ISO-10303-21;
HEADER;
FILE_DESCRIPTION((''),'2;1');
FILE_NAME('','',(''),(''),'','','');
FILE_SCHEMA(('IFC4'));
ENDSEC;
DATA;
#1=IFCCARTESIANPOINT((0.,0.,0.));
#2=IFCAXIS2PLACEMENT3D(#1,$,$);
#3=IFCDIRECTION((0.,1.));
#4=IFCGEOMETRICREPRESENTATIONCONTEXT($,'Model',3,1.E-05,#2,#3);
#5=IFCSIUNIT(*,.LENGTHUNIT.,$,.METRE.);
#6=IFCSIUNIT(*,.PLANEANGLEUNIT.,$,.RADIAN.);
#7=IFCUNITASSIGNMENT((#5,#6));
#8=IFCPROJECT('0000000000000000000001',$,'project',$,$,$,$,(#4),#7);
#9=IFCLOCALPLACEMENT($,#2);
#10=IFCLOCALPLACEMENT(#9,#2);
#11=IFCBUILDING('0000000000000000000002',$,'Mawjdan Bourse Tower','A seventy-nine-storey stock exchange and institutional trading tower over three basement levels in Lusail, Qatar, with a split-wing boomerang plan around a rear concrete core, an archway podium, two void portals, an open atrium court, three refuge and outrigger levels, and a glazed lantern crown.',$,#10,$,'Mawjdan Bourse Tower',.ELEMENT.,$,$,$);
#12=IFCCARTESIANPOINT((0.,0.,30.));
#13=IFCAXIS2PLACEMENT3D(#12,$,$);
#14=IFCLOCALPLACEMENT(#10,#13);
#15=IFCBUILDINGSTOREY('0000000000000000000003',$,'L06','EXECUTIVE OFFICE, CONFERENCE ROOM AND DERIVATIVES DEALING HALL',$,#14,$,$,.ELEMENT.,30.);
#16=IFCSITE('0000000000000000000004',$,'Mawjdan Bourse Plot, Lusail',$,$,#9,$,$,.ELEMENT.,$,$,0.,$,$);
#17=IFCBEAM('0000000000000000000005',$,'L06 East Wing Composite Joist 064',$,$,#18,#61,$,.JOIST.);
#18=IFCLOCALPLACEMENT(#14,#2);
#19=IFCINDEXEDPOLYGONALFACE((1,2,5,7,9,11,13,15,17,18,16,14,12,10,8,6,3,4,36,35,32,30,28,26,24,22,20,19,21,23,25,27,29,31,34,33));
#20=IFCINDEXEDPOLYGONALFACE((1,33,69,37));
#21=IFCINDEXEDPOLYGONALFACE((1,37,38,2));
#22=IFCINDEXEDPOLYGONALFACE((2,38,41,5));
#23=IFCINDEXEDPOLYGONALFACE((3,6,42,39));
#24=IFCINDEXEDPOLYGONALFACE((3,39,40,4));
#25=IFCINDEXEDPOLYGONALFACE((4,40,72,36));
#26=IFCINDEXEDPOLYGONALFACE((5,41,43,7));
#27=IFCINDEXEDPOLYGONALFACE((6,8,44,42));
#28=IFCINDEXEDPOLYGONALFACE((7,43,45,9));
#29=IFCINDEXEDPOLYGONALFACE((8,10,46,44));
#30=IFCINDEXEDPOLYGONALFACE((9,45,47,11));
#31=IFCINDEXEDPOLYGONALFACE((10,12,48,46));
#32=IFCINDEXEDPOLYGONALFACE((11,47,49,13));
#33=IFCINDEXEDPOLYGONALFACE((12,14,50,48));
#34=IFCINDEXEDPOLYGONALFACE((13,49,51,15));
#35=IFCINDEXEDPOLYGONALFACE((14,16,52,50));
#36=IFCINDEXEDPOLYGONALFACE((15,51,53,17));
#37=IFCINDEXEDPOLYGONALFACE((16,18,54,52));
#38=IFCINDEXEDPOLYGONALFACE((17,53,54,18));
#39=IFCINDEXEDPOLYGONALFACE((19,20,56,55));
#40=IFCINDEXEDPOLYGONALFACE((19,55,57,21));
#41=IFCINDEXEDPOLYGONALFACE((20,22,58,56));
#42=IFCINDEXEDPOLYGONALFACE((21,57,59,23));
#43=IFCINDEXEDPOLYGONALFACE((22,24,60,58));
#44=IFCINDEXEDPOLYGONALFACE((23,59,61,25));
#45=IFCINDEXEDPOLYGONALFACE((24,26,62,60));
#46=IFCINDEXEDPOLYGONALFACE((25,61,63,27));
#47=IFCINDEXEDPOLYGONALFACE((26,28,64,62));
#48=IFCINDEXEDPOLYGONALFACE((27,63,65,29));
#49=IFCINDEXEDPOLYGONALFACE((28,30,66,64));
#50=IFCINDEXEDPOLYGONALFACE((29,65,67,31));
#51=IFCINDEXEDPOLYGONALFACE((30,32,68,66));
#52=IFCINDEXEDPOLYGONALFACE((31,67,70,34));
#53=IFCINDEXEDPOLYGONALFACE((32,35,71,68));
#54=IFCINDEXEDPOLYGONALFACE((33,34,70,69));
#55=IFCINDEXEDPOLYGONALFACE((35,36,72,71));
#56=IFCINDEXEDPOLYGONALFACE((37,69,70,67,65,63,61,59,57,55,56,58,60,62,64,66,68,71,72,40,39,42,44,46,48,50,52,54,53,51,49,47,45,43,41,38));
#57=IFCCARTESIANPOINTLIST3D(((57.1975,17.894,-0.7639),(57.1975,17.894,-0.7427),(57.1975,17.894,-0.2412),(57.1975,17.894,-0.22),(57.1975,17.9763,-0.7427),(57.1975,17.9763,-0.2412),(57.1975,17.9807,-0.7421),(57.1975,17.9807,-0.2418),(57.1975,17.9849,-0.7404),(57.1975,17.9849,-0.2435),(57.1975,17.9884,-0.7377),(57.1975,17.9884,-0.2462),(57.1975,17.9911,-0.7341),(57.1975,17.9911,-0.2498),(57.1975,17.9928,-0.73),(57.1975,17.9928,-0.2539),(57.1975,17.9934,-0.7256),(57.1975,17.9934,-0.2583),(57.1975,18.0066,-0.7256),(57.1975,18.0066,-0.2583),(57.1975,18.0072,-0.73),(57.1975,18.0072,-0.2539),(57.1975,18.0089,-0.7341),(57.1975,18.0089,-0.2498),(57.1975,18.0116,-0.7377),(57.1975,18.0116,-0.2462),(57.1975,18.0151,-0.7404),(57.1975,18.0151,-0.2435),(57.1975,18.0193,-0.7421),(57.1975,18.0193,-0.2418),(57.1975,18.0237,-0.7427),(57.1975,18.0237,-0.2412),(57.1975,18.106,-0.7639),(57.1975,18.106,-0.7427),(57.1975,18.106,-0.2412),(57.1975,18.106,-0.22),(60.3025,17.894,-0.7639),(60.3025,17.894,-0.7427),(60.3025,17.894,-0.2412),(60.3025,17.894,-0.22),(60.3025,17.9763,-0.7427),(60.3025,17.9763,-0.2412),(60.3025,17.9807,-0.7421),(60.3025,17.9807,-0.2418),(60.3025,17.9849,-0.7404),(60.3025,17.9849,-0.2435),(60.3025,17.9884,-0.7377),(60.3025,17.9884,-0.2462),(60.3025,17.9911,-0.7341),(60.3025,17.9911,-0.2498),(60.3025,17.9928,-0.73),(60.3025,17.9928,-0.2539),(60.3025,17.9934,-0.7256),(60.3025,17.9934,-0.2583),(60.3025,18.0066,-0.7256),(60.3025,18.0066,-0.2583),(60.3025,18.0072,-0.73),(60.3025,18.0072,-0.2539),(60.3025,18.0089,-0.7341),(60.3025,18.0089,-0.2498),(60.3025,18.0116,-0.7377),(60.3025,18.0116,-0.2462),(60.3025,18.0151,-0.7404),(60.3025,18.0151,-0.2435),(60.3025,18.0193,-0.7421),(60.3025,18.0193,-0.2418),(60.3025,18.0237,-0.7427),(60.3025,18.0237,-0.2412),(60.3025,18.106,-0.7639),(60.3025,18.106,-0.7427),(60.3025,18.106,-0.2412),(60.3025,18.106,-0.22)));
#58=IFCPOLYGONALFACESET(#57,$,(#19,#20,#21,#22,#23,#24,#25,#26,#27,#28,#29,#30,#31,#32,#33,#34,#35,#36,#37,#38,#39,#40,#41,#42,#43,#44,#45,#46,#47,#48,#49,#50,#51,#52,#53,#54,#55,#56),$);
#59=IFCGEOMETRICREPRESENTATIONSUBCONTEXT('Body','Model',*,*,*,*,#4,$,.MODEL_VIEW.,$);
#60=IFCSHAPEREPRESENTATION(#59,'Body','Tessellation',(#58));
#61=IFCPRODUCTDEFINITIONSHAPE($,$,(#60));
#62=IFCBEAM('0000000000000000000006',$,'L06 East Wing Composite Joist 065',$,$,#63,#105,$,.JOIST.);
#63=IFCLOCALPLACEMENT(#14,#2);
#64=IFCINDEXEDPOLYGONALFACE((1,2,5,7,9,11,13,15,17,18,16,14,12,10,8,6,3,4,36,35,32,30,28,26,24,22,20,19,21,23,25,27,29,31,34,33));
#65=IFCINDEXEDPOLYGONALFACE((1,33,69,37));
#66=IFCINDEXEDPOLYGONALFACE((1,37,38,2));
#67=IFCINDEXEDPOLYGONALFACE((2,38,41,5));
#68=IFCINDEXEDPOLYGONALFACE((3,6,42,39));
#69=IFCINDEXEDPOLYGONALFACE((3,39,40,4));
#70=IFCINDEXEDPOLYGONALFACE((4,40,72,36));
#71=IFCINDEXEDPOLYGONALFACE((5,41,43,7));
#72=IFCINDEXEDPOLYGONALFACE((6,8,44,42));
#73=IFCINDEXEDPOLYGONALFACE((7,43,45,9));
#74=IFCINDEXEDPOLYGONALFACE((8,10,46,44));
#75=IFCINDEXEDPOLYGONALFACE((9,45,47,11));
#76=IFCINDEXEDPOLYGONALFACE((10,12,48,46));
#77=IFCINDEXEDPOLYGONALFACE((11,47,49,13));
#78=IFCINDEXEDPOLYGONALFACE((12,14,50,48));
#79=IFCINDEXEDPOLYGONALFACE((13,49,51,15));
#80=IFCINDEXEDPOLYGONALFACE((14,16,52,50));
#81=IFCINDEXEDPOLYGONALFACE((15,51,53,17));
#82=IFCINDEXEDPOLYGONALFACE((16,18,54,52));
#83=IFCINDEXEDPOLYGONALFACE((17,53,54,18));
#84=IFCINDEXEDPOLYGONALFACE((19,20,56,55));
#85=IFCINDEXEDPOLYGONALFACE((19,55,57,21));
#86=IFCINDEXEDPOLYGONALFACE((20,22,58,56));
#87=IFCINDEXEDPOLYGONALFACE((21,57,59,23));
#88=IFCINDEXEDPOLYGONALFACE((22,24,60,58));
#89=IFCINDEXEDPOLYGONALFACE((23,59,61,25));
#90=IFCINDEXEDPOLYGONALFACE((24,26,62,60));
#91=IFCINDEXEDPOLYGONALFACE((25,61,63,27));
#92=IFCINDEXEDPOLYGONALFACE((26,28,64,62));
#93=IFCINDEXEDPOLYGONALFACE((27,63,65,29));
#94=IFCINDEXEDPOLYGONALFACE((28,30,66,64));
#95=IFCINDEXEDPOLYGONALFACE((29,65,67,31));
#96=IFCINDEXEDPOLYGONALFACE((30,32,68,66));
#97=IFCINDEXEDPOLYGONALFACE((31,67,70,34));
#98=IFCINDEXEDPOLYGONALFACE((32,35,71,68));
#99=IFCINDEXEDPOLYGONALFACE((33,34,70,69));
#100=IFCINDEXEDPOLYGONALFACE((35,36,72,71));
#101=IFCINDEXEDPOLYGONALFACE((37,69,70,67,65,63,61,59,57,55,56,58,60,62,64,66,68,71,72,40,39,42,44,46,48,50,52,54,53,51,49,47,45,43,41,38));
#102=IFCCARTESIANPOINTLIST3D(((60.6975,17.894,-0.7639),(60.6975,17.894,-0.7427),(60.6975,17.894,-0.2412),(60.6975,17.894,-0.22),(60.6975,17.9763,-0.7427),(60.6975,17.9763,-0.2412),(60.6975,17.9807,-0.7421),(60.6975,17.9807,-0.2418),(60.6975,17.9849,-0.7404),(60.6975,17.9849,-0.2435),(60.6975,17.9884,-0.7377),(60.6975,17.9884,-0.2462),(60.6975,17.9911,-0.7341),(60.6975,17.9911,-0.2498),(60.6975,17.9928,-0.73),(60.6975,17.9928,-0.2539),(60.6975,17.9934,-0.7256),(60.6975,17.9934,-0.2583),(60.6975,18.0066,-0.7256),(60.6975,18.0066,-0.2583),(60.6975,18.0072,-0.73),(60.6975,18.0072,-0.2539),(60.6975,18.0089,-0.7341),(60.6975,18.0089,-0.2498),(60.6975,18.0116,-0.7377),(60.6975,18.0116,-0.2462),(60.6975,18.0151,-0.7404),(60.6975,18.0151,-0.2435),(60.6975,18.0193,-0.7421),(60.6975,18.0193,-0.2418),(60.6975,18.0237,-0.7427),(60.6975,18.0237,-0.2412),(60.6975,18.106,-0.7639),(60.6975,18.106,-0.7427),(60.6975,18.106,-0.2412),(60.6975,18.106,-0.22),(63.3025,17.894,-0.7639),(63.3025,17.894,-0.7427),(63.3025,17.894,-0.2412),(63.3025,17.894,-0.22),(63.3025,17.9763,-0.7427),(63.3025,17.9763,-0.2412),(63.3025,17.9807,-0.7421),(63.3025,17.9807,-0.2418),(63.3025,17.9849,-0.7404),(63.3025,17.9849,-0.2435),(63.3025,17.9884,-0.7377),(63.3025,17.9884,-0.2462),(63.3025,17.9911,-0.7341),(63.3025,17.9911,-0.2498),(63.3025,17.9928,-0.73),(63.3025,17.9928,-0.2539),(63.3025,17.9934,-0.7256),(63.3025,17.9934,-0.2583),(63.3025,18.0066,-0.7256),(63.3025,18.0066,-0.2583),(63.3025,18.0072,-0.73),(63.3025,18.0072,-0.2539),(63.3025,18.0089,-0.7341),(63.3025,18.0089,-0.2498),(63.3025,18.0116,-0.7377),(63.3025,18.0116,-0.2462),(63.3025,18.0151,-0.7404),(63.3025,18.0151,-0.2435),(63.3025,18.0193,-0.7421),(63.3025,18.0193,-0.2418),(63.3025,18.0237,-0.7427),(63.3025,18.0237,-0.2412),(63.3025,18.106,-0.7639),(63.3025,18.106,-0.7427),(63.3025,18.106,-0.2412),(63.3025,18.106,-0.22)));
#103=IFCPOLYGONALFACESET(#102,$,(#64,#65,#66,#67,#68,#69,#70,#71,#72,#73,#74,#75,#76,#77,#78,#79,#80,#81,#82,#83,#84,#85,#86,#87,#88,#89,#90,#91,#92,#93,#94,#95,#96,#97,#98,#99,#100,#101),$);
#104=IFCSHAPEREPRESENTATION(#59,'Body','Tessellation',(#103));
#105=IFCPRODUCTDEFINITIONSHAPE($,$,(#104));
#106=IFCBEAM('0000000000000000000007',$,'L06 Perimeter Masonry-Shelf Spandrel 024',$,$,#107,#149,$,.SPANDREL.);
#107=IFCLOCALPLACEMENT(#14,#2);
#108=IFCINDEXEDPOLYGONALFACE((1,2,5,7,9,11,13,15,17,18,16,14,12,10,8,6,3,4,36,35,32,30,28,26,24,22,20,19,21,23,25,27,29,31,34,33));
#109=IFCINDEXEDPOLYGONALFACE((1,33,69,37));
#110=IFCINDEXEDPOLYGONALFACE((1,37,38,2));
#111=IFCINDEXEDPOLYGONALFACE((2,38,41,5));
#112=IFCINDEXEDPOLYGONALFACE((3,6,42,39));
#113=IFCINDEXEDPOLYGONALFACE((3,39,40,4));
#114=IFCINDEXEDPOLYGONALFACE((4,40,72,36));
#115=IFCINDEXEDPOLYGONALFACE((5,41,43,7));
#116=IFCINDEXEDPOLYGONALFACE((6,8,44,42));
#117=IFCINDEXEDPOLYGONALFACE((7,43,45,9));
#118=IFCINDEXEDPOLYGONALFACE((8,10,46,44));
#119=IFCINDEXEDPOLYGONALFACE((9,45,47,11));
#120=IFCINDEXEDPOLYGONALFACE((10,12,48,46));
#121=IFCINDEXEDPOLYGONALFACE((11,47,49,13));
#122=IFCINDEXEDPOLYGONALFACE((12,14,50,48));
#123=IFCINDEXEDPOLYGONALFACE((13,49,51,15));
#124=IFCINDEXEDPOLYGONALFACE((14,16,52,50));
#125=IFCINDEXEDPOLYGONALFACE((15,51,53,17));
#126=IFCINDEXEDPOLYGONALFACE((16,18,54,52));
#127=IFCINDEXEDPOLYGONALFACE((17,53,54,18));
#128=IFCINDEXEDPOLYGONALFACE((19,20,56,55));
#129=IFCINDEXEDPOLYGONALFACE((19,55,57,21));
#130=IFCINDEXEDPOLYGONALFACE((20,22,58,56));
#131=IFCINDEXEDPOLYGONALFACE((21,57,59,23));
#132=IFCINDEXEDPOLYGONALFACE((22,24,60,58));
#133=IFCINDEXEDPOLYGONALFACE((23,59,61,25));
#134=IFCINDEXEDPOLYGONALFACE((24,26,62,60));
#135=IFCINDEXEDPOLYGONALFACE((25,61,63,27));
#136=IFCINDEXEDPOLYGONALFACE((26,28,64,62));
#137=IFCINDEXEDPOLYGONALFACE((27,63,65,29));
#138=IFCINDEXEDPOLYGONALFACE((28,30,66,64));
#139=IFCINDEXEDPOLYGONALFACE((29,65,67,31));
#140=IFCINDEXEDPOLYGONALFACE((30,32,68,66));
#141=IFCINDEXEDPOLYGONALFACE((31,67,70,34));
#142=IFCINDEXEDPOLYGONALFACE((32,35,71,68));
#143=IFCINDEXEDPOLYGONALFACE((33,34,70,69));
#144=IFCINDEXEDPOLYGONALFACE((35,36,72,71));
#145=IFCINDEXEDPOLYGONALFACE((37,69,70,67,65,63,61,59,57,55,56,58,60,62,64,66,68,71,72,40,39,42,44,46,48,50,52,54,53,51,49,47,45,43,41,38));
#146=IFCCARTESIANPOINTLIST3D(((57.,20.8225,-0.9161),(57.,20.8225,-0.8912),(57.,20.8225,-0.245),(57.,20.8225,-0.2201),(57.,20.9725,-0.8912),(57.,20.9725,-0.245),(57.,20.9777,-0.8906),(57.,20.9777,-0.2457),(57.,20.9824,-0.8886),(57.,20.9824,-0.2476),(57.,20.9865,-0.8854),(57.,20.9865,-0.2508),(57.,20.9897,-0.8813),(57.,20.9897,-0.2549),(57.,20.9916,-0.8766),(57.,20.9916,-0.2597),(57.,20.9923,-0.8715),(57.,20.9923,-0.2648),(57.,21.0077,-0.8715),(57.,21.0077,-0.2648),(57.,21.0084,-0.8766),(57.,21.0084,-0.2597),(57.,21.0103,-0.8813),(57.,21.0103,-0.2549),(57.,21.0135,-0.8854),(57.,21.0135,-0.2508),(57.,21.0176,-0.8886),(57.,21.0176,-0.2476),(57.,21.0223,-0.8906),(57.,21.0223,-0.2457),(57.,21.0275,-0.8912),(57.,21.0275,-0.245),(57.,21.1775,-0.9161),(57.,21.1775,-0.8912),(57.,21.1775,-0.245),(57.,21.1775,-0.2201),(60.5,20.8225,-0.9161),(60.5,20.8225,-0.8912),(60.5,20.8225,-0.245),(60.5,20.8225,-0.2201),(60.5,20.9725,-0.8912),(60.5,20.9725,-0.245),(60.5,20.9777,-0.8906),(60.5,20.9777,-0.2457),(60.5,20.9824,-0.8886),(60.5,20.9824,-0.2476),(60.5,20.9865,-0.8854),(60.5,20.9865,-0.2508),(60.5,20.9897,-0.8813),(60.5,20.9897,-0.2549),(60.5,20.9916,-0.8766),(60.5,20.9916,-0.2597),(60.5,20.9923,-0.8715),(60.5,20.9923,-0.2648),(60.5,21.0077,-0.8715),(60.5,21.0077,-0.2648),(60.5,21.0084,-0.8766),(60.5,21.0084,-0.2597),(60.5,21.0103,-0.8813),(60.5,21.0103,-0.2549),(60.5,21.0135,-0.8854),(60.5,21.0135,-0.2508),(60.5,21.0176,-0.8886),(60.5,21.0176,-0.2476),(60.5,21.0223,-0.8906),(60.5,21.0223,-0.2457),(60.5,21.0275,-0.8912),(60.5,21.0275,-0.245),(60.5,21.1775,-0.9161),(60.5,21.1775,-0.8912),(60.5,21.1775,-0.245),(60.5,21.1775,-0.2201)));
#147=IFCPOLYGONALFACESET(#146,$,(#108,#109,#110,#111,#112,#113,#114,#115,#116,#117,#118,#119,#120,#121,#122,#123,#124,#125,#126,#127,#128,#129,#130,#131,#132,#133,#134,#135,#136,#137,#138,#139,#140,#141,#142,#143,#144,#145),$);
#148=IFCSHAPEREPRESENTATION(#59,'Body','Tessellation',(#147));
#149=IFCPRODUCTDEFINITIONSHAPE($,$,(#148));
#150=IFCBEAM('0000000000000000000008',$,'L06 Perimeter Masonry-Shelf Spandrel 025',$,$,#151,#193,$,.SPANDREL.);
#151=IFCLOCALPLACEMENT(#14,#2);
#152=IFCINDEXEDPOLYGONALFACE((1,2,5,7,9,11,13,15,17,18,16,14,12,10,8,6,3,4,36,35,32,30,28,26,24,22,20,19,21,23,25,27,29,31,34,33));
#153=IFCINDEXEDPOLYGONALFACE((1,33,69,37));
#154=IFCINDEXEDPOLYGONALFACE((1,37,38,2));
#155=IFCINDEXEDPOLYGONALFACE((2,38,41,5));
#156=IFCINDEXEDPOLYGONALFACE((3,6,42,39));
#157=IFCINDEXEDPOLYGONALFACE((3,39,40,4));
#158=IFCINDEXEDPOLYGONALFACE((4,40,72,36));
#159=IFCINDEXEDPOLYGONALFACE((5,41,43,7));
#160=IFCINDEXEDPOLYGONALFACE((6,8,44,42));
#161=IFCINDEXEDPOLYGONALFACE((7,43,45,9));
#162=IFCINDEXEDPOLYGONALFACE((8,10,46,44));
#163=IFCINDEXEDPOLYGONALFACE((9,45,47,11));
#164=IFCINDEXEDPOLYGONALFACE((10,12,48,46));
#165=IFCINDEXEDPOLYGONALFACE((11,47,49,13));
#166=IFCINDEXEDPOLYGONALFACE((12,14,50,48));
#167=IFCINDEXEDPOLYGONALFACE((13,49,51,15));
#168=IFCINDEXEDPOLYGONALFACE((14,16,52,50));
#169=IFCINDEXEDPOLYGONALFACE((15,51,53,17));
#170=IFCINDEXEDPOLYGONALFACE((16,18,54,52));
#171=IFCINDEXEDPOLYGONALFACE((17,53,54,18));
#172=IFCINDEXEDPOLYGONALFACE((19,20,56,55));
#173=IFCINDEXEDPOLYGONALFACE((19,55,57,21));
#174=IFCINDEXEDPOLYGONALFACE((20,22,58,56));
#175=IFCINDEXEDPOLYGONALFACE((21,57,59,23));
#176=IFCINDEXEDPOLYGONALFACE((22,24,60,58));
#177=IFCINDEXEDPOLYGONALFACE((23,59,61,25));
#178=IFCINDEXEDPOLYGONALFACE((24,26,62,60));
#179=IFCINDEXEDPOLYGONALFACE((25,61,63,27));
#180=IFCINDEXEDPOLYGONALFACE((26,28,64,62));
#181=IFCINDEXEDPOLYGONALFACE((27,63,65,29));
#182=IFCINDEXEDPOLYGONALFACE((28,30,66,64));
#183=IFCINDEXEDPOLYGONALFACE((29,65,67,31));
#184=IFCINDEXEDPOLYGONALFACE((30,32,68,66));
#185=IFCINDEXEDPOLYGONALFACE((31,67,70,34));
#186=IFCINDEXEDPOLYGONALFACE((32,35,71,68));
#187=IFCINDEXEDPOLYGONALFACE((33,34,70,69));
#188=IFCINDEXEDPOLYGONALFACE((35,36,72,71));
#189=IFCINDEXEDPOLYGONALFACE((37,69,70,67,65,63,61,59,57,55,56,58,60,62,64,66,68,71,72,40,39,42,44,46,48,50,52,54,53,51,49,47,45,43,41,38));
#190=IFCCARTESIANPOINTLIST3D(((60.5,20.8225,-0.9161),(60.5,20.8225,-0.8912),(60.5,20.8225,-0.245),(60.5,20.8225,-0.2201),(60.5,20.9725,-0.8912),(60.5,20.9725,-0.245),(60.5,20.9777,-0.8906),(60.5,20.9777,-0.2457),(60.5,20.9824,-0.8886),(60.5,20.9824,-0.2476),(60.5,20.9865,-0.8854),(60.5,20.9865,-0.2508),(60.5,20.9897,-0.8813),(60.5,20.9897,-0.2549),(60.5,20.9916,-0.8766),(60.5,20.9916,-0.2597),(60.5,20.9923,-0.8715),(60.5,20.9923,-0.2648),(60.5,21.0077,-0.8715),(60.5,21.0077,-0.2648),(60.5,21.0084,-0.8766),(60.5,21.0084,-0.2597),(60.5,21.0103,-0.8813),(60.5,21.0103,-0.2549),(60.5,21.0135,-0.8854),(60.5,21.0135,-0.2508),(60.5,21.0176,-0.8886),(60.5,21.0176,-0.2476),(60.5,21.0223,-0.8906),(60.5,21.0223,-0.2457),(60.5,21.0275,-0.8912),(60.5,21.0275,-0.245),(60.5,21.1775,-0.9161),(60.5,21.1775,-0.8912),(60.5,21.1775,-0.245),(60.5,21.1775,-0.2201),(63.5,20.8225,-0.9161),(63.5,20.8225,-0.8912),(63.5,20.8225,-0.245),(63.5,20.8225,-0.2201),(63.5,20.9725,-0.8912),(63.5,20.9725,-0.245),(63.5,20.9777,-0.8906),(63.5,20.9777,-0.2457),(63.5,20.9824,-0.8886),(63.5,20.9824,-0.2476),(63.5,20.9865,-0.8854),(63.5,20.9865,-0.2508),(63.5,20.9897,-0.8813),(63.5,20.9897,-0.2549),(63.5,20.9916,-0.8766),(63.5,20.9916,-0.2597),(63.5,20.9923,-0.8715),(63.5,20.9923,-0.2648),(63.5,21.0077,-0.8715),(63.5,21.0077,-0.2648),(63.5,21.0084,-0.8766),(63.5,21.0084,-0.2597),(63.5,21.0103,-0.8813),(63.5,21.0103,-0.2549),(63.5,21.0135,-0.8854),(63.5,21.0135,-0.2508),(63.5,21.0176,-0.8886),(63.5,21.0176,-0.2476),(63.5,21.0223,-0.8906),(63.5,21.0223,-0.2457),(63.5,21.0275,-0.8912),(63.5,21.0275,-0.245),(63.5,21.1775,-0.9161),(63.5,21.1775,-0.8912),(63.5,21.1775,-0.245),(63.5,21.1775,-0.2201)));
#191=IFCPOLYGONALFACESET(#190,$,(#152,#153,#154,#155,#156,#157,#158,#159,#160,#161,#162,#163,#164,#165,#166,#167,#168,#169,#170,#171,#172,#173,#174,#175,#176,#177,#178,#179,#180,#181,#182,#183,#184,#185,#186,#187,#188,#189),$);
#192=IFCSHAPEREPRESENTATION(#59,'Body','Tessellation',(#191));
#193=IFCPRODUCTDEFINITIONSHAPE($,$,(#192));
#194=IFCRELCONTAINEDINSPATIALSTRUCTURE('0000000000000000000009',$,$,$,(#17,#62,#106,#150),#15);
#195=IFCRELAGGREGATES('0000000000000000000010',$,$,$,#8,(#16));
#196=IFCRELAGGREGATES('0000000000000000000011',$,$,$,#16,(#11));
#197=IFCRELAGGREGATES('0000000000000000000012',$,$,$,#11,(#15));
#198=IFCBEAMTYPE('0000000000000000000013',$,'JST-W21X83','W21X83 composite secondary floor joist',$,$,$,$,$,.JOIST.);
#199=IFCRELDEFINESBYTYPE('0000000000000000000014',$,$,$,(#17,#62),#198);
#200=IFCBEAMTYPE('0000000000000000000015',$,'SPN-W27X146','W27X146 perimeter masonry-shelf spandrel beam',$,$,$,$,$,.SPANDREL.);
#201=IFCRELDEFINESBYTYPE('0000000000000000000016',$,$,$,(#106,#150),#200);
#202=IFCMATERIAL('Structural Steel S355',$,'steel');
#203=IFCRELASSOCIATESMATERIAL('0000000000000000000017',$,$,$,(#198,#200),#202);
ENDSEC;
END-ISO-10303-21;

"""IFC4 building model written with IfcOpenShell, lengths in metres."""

from ifc_helpers import new_model, si_unit, direction, frame, origin, origin_2d, place, context, subcontext, project, spatial, i_section, extrude, material, material_profile, profile_set, type_object, element, save


model = new_model("IFC4")

# Units and contexts
model_context = context("Model", 3, precision=1e-05, world=origin(), true_north=direction((0.0, 1.0)))
body_context = subcontext(model_context, "Body", "Model", "MODEL_VIEW")
ifc_project = project(units=[si_unit("LENGTHUNIT", "METRE"), si_unit("PLANEANGLEUNIT", "RADIAN")], contexts=[model_context])

# Site, building, storey
site_placement = place(None, origin())
site = spatial("IfcSite", under=ifc_project, at=site_placement, Name="Mawjdan Bourse Plot, Lusail", CompositionType="ELEMENT", RefElevation=0.0)
building_placement = place(site_placement, origin())
building = spatial("IfcBuilding", under=site, at=building_placement, Name="Mawjdan Bourse Tower", Description="A seventy-nine-storey stock exchange and institutional trading tower over three basement levels in Lusail, Qatar, with a split-wing boomerang plan around a rear concrete core, an archway podium, two void portals, an open atrium court, three refuge and outrigger levels, and a glazed lantern crown.", LongName="Mawjdan Bourse Tower", CompositionType="ELEMENT")
storey_placement = place(building_placement, frame((0.0, 0.0, 30.0)))
storey = spatial("IfcBuildingStorey", under=building, at=storey_placement, Name="L06", Description="EXECUTIVE OFFICE, CONFERENCE ROOM AND DERIVATIVES DEALING HALL", CompositionType="ELEMENT", Elevation=30.0)

# Beams
ifc_material_1 = material(Name="Structural Steel S355", Category="steel")
ifc_material_profile_1 = material_profile(ifc_material_1, i_section(OverallWidth=0.2119, OverallDepth=0.5439, WebThickness=0.0132, FlangeThickness=0.0212, FilletRadius=0.0171, at=origin_2d()), Name="W21X83")
ifc_profile_set_1 = profile_set([ifc_material_profile_1], Name="Structural Steel S355")
beam_type_1 = type_object("IfcBeamType", Name="JST-W21X83", Description="W21X83 composite secondary floor joist", PredefinedType="JOIST", material=ifc_profile_set_1)
beam_1_placement = place(storey_placement, frame((57.1975, 18.0, -0.4919), z_axis=(1.0, 0.0, 0.0), x_axis=(0.0, 1.0, 0.0)))
element("IfcBeam", 1, at=beam_1_placement, inside=storey, type_object=beam_type_1, Name="L06 East Wing Composite Joist 064", PredefinedType="JOIST", context=body_context, shape_type="SweptSolid", body=[
    extrude(i_section(OverallWidth=0.2119, OverallDepth=0.5439, WebThickness=0.0132, FlangeThickness=0.0212, FilletRadius=0.0171, at=origin_2d()), origin(), (0.0, 0.0, 1.0), 3.105),
])
beam_2_placement = place(storey_placement, frame((60.6975, 18.0, -0.4919), z_axis=(1.0, 0.0, 0.0), x_axis=(0.0, 1.0, 0.0)))
element("IfcBeam", 2, at=beam_2_placement, inside=storey, type_object=beam_type_1, Name="L06 East Wing Composite Joist 065", PredefinedType="JOIST", context=body_context, shape_type="SweptSolid", body=[
    extrude(i_section(OverallWidth=0.2119, OverallDepth=0.5439, WebThickness=0.0132, FlangeThickness=0.0212, FilletRadius=0.0171, at=origin_2d()), origin(), (0.0, 0.0, 1.0), 2.605),
])
ifc_material_profile_2 = material_profile(ifc_material_1, i_section(OverallWidth=0.355, OverallDepth=0.696, WebThickness=0.0154, FlangeThickness=0.0249, FilletRadius=0.0198, at=origin_2d()), Name="W27X146")
ifc_profile_set_2 = profile_set([ifc_material_profile_2], Name="Structural Steel S355")
beam_type_2 = type_object("IfcBeamType", Name="SPN-W27X146", Description="W27X146 perimeter masonry-shelf spandrel beam", PredefinedType="SPANDREL", material=ifc_profile_set_2)
beam_3_placement = place(storey_placement, frame((57.0, 21.0, -0.5681), z_axis=(1.0, 0.0, 0.0), x_axis=(0.0, 1.0, 0.0)))
element("IfcBeam", 3, at=beam_3_placement, inside=storey, type_object=beam_type_2, Name="L06 Perimeter Masonry-Shelf Spandrel 024", PredefinedType="SPANDREL", context=body_context, shape_type="SweptSolid", body=[
    extrude(i_section(OverallWidth=0.355, OverallDepth=0.696, WebThickness=0.0154, FlangeThickness=0.0249, FilletRadius=0.0198, at=origin_2d()), origin(), (0.0, 0.0, 1.0), 3.5),
])
beam_4_placement = place(storey_placement, frame((60.5, 21.0, -0.5681), z_axis=(1.0, 0.0, 0.0), x_axis=(0.0, 1.0, 0.0)))
element("IfcBeam", 4, at=beam_4_placement, inside=storey, type_object=beam_type_2, Name="L06 Perimeter Masonry-Shelf Spandrel 025", PredefinedType="SPANDREL", context=body_context, shape_type="SweptSolid", body=[
    extrude(i_section(OverallWidth=0.355, OverallDepth=0.696, WebThickness=0.0154, FlangeThickness=0.0249, FilletRadius=0.0198, at=origin_2d()), origin(), (0.0, 0.0, 1.0), 3.0),
])

save(model, "model.ifc")
